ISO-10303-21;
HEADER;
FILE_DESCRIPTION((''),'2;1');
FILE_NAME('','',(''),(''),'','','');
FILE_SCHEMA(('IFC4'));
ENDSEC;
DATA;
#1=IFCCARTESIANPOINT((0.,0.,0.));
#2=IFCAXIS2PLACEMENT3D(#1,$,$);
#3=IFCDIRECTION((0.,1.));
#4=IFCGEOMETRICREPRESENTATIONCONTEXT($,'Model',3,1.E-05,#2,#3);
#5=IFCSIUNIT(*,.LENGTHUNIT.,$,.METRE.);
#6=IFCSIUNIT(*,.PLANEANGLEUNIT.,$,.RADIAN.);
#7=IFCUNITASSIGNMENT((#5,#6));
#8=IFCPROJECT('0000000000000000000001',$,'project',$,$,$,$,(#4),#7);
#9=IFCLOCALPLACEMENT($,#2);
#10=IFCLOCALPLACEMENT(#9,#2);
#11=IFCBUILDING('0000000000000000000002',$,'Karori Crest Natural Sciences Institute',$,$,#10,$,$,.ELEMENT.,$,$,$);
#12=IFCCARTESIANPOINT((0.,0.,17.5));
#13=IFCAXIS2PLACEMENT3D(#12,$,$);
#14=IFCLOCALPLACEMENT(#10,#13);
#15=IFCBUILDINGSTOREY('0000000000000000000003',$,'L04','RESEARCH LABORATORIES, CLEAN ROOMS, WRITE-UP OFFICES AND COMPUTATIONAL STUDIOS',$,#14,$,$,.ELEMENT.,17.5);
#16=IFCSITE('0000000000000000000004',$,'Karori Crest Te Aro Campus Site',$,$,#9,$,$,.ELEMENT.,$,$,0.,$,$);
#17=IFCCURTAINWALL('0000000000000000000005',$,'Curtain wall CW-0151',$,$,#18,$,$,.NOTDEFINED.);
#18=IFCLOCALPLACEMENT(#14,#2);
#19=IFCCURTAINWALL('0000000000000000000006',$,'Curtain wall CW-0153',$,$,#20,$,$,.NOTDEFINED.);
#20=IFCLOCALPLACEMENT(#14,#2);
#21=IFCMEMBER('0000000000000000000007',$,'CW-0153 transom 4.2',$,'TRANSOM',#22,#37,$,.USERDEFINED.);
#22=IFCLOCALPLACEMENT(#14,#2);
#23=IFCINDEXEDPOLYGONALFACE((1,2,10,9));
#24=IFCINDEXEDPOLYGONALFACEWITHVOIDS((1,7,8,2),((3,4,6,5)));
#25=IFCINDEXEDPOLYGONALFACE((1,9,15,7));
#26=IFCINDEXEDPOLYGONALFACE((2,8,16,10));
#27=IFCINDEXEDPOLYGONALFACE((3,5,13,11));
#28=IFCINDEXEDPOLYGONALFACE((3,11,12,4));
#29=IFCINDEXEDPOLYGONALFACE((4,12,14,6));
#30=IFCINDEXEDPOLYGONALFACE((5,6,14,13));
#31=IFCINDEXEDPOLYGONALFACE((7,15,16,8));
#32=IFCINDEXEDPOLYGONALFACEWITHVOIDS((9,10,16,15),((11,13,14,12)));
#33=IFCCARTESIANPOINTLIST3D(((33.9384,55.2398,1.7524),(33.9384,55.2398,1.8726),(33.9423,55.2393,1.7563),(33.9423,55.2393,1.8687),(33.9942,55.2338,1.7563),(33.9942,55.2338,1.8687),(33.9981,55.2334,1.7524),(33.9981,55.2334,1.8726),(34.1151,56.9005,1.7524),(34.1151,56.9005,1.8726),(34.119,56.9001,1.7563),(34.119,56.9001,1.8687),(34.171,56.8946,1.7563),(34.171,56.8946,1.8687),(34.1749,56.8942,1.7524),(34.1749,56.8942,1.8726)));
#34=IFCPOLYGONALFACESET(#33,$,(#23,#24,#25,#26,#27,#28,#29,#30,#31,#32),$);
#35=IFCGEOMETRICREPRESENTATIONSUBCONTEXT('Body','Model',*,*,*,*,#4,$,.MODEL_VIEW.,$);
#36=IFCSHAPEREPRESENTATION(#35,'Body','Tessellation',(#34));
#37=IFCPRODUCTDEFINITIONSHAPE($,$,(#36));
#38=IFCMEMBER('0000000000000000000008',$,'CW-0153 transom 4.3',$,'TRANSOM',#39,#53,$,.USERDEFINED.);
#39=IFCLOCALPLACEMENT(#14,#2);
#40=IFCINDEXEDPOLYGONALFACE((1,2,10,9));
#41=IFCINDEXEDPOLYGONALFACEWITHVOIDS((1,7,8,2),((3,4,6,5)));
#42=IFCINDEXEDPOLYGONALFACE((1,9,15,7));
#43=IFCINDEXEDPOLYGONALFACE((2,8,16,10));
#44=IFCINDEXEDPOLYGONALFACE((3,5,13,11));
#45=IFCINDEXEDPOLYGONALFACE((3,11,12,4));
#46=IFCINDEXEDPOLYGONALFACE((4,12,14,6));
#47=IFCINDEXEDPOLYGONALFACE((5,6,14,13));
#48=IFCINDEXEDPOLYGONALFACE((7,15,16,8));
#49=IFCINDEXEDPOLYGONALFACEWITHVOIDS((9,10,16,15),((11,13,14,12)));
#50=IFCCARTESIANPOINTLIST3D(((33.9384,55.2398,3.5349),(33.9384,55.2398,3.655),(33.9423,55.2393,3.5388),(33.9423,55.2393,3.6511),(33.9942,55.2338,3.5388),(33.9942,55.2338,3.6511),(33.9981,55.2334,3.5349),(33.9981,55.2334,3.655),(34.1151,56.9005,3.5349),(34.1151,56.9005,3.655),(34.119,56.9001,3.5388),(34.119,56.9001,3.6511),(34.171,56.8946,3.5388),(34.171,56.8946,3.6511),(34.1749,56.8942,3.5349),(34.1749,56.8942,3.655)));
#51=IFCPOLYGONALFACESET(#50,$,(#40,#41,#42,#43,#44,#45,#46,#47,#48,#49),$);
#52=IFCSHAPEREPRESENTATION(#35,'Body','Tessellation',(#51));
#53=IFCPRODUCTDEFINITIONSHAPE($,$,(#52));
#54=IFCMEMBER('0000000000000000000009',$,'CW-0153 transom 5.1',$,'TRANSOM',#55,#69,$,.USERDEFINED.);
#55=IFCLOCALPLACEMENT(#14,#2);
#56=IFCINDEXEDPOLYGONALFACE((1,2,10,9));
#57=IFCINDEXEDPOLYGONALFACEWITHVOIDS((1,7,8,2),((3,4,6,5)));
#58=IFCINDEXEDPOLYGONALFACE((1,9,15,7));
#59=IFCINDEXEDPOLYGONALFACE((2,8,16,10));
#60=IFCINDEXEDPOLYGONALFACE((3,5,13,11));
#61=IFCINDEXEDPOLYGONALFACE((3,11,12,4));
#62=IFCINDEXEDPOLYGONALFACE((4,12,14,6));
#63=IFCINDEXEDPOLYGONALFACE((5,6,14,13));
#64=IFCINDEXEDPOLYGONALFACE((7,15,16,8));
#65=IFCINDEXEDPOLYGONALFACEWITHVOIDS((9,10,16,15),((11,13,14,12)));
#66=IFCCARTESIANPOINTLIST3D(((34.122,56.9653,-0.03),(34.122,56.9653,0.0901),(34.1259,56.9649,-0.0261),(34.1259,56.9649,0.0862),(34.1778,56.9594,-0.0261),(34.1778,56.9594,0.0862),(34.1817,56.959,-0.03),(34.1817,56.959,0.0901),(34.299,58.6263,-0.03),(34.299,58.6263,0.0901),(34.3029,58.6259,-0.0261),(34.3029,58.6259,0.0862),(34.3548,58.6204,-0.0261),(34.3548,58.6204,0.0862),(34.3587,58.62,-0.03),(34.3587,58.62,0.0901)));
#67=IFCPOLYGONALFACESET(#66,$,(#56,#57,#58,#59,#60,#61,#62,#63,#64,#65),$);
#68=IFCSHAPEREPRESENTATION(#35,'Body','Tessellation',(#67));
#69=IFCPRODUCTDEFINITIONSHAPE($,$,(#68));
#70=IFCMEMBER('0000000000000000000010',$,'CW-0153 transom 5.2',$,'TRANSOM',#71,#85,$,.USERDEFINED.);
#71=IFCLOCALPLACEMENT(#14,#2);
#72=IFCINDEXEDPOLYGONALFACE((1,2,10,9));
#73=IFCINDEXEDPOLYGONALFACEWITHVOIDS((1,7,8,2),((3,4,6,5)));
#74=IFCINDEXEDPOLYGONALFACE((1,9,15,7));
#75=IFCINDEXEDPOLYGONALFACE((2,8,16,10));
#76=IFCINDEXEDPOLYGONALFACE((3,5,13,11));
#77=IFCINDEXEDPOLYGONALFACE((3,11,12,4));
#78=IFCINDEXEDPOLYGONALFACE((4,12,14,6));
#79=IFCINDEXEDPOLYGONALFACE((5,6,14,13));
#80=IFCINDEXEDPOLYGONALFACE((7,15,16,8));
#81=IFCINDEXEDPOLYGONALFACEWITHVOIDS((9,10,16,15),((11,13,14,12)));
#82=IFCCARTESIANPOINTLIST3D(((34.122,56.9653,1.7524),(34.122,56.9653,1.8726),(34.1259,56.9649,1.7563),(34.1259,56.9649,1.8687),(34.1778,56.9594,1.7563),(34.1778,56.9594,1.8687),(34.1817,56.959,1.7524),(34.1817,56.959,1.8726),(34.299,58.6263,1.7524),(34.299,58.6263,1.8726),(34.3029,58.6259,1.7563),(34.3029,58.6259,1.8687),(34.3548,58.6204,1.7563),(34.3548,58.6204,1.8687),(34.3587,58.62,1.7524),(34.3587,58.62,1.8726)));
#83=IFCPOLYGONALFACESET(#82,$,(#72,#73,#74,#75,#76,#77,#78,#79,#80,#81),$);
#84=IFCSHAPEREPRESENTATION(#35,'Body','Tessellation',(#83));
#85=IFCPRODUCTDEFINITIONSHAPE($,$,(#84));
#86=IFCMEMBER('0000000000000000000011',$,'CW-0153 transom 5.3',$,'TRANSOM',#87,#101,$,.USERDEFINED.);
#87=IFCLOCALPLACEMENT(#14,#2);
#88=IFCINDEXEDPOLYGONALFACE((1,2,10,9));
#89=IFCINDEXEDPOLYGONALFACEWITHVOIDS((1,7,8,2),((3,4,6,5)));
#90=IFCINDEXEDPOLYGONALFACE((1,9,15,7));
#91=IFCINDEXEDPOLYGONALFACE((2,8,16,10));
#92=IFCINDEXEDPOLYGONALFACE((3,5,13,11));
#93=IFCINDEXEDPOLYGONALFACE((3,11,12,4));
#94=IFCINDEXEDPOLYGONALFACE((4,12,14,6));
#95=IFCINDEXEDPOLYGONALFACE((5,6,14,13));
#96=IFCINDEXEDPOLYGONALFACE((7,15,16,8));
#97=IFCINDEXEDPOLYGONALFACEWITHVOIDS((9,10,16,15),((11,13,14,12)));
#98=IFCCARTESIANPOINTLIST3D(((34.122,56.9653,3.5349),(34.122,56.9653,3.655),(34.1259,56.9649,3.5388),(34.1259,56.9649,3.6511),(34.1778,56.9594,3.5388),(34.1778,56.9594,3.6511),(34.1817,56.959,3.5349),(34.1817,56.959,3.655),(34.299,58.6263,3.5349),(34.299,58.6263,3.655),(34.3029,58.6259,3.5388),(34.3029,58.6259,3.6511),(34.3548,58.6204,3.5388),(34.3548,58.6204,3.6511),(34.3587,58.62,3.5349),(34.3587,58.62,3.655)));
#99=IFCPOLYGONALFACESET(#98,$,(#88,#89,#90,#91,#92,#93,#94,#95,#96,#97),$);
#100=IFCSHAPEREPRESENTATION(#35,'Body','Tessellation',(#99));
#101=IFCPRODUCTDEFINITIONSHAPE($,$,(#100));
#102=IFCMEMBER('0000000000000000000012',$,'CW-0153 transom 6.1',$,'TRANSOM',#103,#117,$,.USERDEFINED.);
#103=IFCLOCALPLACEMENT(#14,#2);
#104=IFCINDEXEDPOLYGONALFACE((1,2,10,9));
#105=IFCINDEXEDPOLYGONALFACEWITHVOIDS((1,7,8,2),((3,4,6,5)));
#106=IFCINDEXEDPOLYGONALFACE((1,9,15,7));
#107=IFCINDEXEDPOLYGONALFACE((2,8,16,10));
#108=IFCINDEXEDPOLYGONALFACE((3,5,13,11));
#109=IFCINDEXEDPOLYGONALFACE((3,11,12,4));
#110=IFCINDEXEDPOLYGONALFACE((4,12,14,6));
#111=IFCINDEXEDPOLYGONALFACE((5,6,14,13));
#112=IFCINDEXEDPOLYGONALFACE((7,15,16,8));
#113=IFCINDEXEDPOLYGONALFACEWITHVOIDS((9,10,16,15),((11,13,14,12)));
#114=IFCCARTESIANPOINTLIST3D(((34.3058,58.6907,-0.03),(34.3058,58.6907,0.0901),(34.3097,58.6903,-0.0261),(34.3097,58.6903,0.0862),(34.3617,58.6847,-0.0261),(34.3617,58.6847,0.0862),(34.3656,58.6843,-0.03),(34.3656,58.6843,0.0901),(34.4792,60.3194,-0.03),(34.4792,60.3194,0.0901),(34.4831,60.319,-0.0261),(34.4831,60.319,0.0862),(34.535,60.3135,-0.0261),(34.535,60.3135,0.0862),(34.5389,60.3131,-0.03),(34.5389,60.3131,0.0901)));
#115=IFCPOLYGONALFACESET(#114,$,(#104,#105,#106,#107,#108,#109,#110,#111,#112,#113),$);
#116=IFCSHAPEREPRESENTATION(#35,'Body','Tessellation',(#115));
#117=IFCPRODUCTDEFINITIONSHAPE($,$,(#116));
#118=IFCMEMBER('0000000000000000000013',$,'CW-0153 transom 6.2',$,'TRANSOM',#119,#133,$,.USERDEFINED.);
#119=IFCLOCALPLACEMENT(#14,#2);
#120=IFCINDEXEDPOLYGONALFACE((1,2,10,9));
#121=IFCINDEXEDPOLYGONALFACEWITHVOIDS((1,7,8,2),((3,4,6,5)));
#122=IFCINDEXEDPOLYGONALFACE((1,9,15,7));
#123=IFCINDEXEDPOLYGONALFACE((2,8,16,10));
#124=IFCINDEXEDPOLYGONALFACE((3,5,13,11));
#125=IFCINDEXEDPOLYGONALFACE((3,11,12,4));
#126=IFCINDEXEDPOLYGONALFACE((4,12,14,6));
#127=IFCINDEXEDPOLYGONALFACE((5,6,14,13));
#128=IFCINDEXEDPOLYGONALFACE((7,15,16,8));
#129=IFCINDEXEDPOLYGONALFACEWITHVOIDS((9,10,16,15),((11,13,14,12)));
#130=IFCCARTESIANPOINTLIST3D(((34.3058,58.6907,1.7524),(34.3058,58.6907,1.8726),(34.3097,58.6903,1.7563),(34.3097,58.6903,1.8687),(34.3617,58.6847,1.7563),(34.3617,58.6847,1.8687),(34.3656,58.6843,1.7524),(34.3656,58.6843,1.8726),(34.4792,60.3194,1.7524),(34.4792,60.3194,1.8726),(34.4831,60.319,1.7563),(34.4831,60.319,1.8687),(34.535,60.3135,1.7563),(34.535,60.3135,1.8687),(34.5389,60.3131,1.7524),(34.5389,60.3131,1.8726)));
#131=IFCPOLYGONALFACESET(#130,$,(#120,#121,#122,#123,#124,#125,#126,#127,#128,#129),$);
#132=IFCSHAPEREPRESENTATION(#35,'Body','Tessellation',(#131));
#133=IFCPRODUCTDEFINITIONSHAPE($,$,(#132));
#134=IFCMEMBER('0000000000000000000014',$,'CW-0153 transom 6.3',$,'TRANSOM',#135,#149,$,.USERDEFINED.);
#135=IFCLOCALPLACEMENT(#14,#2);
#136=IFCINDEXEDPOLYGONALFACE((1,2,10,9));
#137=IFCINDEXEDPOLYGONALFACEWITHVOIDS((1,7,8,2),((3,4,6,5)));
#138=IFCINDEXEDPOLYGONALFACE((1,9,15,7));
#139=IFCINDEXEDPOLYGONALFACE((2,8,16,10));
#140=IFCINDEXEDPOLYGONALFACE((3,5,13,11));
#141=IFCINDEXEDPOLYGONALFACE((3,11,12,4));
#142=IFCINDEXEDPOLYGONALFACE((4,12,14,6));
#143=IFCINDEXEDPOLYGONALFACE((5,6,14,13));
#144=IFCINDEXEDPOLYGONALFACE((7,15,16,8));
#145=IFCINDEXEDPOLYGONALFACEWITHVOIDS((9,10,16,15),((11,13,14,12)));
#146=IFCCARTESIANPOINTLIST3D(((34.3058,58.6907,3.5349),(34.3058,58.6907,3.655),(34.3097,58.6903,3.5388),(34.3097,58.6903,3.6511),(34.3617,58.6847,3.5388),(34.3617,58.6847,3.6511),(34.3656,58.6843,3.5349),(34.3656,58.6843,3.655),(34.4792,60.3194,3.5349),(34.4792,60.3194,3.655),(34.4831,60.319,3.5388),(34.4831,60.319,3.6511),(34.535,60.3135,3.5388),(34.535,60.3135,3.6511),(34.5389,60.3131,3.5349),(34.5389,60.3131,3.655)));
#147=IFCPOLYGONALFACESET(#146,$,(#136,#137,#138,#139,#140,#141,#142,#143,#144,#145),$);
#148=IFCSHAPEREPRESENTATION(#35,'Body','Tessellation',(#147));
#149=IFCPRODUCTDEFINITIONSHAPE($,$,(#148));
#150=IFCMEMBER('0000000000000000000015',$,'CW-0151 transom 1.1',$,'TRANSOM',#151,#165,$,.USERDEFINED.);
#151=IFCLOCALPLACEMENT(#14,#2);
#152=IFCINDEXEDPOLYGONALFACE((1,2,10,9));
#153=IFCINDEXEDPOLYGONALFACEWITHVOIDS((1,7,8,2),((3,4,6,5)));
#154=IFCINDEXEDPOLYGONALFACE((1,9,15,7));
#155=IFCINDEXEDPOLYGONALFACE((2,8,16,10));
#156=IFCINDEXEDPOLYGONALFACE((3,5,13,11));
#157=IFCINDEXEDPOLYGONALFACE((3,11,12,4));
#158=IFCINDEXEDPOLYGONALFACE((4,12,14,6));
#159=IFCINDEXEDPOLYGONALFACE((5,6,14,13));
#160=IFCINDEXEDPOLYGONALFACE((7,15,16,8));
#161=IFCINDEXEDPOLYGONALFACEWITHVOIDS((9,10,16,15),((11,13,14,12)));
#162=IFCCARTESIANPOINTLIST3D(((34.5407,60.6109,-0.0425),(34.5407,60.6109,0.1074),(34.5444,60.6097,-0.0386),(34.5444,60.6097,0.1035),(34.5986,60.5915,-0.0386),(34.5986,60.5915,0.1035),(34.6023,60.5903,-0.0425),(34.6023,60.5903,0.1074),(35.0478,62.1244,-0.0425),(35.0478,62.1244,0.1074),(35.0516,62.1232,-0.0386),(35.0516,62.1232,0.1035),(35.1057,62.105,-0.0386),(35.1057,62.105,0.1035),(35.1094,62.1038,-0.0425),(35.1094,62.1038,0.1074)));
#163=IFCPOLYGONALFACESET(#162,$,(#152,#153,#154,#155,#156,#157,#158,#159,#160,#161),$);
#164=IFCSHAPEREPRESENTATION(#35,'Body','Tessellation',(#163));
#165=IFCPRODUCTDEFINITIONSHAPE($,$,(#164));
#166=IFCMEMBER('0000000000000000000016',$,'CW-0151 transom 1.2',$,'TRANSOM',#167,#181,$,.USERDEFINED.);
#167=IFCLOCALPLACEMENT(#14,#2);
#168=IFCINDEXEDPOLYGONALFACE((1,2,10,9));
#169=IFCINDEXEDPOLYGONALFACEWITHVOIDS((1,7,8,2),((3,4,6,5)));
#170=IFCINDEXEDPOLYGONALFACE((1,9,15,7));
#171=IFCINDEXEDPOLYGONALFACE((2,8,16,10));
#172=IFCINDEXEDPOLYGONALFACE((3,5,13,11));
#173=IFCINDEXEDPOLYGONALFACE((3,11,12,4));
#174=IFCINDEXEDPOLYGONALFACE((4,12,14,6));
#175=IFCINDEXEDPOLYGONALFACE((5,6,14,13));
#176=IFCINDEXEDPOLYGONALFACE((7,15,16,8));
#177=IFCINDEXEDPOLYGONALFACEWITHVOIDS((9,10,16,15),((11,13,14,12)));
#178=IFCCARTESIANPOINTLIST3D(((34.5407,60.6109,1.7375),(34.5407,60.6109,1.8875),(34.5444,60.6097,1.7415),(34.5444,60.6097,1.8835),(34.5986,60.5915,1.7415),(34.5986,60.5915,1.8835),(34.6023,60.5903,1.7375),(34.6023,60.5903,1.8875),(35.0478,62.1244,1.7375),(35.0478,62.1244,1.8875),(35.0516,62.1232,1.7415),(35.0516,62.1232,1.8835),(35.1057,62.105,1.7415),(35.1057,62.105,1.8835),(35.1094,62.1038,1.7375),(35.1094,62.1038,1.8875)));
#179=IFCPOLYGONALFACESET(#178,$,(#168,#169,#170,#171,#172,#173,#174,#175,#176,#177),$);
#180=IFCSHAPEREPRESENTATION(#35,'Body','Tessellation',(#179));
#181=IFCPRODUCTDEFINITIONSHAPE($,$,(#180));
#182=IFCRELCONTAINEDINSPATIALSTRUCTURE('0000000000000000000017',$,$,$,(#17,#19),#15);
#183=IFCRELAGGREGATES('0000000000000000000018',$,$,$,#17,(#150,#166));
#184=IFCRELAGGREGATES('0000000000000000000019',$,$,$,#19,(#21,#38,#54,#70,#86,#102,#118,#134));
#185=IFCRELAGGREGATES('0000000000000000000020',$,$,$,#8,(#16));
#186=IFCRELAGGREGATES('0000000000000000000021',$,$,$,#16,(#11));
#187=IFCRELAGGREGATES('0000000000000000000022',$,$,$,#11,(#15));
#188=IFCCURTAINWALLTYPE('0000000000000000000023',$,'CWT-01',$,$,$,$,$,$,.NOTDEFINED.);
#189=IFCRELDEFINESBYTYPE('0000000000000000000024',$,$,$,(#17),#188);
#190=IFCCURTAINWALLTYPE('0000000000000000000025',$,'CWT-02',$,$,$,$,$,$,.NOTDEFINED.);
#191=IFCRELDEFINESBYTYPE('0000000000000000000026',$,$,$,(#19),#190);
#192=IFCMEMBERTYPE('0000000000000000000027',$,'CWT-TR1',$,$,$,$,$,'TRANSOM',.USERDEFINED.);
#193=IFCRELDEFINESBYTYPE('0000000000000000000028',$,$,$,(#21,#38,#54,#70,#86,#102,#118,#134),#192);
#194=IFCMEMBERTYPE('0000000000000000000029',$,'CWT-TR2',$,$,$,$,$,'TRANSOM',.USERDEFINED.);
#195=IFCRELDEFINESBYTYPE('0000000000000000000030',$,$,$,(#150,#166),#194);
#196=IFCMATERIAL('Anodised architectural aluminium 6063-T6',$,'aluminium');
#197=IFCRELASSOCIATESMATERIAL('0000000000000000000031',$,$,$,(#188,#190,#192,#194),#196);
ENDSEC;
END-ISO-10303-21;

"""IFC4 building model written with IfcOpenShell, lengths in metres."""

from ifc_helpers import new_model, si_unit, direction, frame, origin, origin_2d, place, context, subcontext, project, spatial, hollow_rectangle, extrude, material, material_profile, profile_set, type_object, element, aggregate, save


model = new_model("IFC4")

# Units and contexts
model_context = context("Model", 3, precision=1e-05, world=origin(), true_north=direction((0.0, 1.0)))
body_context = subcontext(model_context, "Body", "Model", "MODEL_VIEW")
ifc_project = project(units=[si_unit("LENGTHUNIT", "METRE"), si_unit("PLANEANGLEUNIT", "RADIAN")], contexts=[model_context])

# Site, building, storey
site_placement = place(None, origin())
site = spatial("IfcSite", under=ifc_project, at=site_placement, Name="Karori Crest Te Aro Campus Site", CompositionType="ELEMENT", RefElevation=0.0)
building_placement = place(site_placement, origin())
building = spatial("IfcBuilding", under=site, at=building_placement, Name="Karori Crest Natural Sciences Institute", CompositionType="ELEMENT")
storey_placement = place(building_placement, frame((0.0, 0.0, 17.5)))
storey = spatial("IfcBuildingStorey", under=building, at=storey_placement, Name="L04", Description="RESEARCH LABORATORIES, CLEAN ROOMS, WRITE-UP OFFICES AND COMPUTATIONAL STUDIOS", CompositionType="ELEMENT", Elevation=17.5)

# Curtain walls, members
ifc_material_1 = material(Name="Anodised architectural aluminium 6063-T6", Category="aluminium")
curtain_wall_type_1 = type_object("IfcCurtainWallType", Name="CWT-01", PredefinedType="NOTDEFINED", material=ifc_material_1)
curtain_wall_1_placement = place(storey_placement, origin())
curtain_wall_1 = element("IfcCurtainWall", 1, at=curtain_wall_1_placement, inside=storey, type_object=curtain_wall_type_1, Name="Curtain wall CW-0151", PredefinedType="NOTDEFINED")
curtain_wall_type_2 = type_object("IfcCurtainWallType", Name="CWT-02", PredefinedType="NOTDEFINED", material=ifc_material_1)
curtain_wall_2_placement = place(storey_placement, origin())
curtain_wall_2 = element("IfcCurtainWall", 2, at=curtain_wall_2_placement, inside=storey, type_object=curtain_wall_type_2, Name="Curtain wall CW-0153", PredefinedType="NOTDEFINED")
ifc_material_profile_1 = material_profile(ifc_material_1, hollow_rectangle(XDim=0.0601, YDim=0.1201, WallThickness=0.0039, at=origin_2d()), Name="CWT120x60x4")
ifc_profile_set_1 = profile_set([ifc_material_profile_1], Name="Anodised architectural aluminium 6063-T6")
member_type_1 = type_object("IfcMemberType", Name="CWT-TR1", ElementType="TRANSOM", PredefinedType="USERDEFINED", material=ifc_profile_set_1)
member_1_placement = place(storey_placement, frame((33.9683, 55.2366, 1.8125), z_axis=(0.105826, 0.994385, 0.0), x_axis=(-0.994385, 0.105826, 0.0)))
member_1 = element("IfcMember", 3, at=member_1_placement, type_object=member_type_1, Name="CW-0153 transom 4.2", ObjectType="TRANSOM", PredefinedType="USERDEFINED", context=body_context, shape_type="SweptSolid", body=[
    extrude(hollow_rectangle(XDim=0.0601, YDim=0.1201, WallThickness=0.0039, at=origin_2d()), origin(), (0.0, 0.0, 1.0), 1.6702),
])
member_2_placement = place(storey_placement, frame((33.9683, 55.2366, 3.595), z_axis=(0.105826, 0.994385, 0.0), x_axis=(-0.994385, 0.105826, 0.0)))
member_2 = element("IfcMember", 4, at=member_2_placement, type_object=member_type_1, Name="CW-0153 transom 4.3", ObjectType="TRANSOM", PredefinedType="USERDEFINED", context=body_context, shape_type="SweptSolid", body=[
    extrude(hollow_rectangle(XDim=0.0601, YDim=0.1201, WallThickness=0.0039, at=origin_2d()), origin(), (0.0, 0.0, 1.0), 1.6702),
])
member_3_placement = place(storey_placement, frame((34.1519, 56.9622, 0.03), z_axis=(0.105971, 0.994369, 0.0), x_axis=(-0.994369, 0.105971, 0.0)))
member_3 = element("IfcMember", 5, at=member_3_placement, type_object=member_type_1, Name="CW-0153 transom 5.1", ObjectType="TRANSOM", PredefinedType="USERDEFINED", context=body_context, shape_type="SweptSolid", body=[
    extrude(hollow_rectangle(XDim=0.0601, YDim=0.1201, WallThickness=0.0039, at=origin_2d()), origin(), (0.0, 0.0, 1.0), 1.6704),
])
member_4_placement = place(storey_placement, frame((34.1519, 56.9622, 1.8125), z_axis=(0.105971, 0.994369, 0.0), x_axis=(-0.994369, 0.105971, 0.0)))
member_4 = element("IfcMember", 6, at=member_4_placement, type_object=member_type_1, Name="CW-0153 transom 5.2", ObjectType="TRANSOM", PredefinedType="USERDEFINED", context=body_context, shape_type="SweptSolid", body=[
    extrude(hollow_rectangle(XDim=0.0601, YDim=0.1201, WallThickness=0.0039, at=origin_2d()), origin(), (0.0, 0.0, 1.0), 1.6704),
])
member_5_placement = place(storey_placement, frame((34.1519, 56.9622, 3.595), z_axis=(0.105971, 0.994369, 0.0), x_axis=(-0.994369, 0.105971, 0.0)))
member_5 = element("IfcMember", 7, at=member_5_placement, type_object=member_type_1, Name="CW-0153 transom 5.3", ObjectType="TRANSOM", PredefinedType="USERDEFINED", context=body_context, shape_type="SweptSolid", body=[
    extrude(hollow_rectangle(XDim=0.0601, YDim=0.1201, WallThickness=0.0039, at=origin_2d()), origin(), (0.0, 0.0, 1.0), 1.6704),
])
member_6_placement = place(storey_placement, frame((34.3357, 58.6875, 0.03), z_axis=(0.105833, 0.994384, 0.0), x_axis=(-0.994384, 0.105833, 0.0)))
member_6 = element("IfcMember", 8, at=member_6_placement, type_object=member_type_1, Name="CW-0153 transom 6.1", ObjectType="TRANSOM", PredefinedType="USERDEFINED", context=body_context, shape_type="SweptSolid", body=[
    extrude(hollow_rectangle(XDim=0.0601, YDim=0.1201, WallThickness=0.0039, at=origin_2d()), origin(), (0.0, 0.0, 1.0), 1.6379),
])
member_7_placement = place(storey_placement, frame((34.3357, 58.6875, 1.8125), z_axis=(0.105833, 0.994384, 0.0), x_axis=(-0.994384, 0.105833, 0.0)))
member_7 = element("IfcMember", 9, at=member_7_placement, type_object=member_type_1, Name="CW-0153 transom 6.2", ObjectType="TRANSOM", PredefinedType="USERDEFINED", context=body_context, shape_type="SweptSolid", body=[
    extrude(hollow_rectangle(XDim=0.0601, YDim=0.1201, WallThickness=0.0039, at=origin_2d()), origin(), (0.0, 0.0, 1.0), 1.6379),
])
member_8_placement = place(storey_placement, frame((34.3357, 58.6875, 3.595), z_axis=(0.105833, 0.994384, 0.0), x_axis=(-0.994384, 0.105833, 0.0)))
member_8 = element("IfcMember", 10, at=member_8_placement, type_object=member_type_1, Name="CW-0153 transom 6.3", ObjectType="TRANSOM", PredefinedType="USERDEFINED", context=body_context, shape_type="SweptSolid", body=[
    extrude(hollow_rectangle(XDim=0.0601, YDim=0.1201, WallThickness=0.0039, at=origin_2d()), origin(), (0.0, 0.0, 1.0), 1.6379),
])

# Members
ifc_material_profile_2 = material_profile(ifc_material_1, hollow_rectangle(XDim=0.0649, YDim=0.1499, WallThickness=0.0039, at=origin_2d()), Name="CWT150x65x4")
ifc_profile_set_2 = profile_set([ifc_material_profile_2], Name="Anodised architectural aluminium 6063-T6")
member_type_2 = type_object("IfcMemberType", Name="CWT-TR2", ElementType="TRANSOM", PredefinedType="USERDEFINED", material=ifc_profile_set_2)
member_9_placement = place(storey_placement, frame((34.5715, 60.6006, 0.0325), z_axis=(0.317696, 0.948193, 0.0), x_axis=(-0.948193, 0.317696, 0.0)))
member_9 = element("IfcMember", 11, at=member_9_placement, type_object=member_type_2, Name="CW-0151 transom 1.1", ObjectType="TRANSOM", PredefinedType="USERDEFINED", context=body_context, shape_type="SweptSolid", body=[
    extrude(hollow_rectangle(XDim=0.0649, YDim=0.1499, WallThickness=0.0039, at=origin_2d()), origin(), (0.0, 0.0, 1.0), 1.5962),
])
member_10_placement = place(storey_placement, frame((34.5715, 60.6006, 1.8125), z_axis=(0.317696, 0.948193, 0.0), x_axis=(-0.948193, 0.317696, 0.0)))
member_10 = element("IfcMember", 12, at=member_10_placement, type_object=member_type_2, Name="CW-0151 transom 1.2", ObjectType="TRANSOM", PredefinedType="USERDEFINED", context=body_context, shape_type="SweptSolid", body=[
    extrude(hollow_rectangle(XDim=0.0649, YDim=0.1499, WallThickness=0.0039, at=origin_2d()), origin(), (0.0, 0.0, 1.0), 1.5962),
])

aggregate(curtain_wall_1, [member_9, member_10])
aggregate(curtain_wall_2, [member_1, member_2, member_3, member_4, member_5, member_6, member_7, member_8])

save(model, "model.ifc")
